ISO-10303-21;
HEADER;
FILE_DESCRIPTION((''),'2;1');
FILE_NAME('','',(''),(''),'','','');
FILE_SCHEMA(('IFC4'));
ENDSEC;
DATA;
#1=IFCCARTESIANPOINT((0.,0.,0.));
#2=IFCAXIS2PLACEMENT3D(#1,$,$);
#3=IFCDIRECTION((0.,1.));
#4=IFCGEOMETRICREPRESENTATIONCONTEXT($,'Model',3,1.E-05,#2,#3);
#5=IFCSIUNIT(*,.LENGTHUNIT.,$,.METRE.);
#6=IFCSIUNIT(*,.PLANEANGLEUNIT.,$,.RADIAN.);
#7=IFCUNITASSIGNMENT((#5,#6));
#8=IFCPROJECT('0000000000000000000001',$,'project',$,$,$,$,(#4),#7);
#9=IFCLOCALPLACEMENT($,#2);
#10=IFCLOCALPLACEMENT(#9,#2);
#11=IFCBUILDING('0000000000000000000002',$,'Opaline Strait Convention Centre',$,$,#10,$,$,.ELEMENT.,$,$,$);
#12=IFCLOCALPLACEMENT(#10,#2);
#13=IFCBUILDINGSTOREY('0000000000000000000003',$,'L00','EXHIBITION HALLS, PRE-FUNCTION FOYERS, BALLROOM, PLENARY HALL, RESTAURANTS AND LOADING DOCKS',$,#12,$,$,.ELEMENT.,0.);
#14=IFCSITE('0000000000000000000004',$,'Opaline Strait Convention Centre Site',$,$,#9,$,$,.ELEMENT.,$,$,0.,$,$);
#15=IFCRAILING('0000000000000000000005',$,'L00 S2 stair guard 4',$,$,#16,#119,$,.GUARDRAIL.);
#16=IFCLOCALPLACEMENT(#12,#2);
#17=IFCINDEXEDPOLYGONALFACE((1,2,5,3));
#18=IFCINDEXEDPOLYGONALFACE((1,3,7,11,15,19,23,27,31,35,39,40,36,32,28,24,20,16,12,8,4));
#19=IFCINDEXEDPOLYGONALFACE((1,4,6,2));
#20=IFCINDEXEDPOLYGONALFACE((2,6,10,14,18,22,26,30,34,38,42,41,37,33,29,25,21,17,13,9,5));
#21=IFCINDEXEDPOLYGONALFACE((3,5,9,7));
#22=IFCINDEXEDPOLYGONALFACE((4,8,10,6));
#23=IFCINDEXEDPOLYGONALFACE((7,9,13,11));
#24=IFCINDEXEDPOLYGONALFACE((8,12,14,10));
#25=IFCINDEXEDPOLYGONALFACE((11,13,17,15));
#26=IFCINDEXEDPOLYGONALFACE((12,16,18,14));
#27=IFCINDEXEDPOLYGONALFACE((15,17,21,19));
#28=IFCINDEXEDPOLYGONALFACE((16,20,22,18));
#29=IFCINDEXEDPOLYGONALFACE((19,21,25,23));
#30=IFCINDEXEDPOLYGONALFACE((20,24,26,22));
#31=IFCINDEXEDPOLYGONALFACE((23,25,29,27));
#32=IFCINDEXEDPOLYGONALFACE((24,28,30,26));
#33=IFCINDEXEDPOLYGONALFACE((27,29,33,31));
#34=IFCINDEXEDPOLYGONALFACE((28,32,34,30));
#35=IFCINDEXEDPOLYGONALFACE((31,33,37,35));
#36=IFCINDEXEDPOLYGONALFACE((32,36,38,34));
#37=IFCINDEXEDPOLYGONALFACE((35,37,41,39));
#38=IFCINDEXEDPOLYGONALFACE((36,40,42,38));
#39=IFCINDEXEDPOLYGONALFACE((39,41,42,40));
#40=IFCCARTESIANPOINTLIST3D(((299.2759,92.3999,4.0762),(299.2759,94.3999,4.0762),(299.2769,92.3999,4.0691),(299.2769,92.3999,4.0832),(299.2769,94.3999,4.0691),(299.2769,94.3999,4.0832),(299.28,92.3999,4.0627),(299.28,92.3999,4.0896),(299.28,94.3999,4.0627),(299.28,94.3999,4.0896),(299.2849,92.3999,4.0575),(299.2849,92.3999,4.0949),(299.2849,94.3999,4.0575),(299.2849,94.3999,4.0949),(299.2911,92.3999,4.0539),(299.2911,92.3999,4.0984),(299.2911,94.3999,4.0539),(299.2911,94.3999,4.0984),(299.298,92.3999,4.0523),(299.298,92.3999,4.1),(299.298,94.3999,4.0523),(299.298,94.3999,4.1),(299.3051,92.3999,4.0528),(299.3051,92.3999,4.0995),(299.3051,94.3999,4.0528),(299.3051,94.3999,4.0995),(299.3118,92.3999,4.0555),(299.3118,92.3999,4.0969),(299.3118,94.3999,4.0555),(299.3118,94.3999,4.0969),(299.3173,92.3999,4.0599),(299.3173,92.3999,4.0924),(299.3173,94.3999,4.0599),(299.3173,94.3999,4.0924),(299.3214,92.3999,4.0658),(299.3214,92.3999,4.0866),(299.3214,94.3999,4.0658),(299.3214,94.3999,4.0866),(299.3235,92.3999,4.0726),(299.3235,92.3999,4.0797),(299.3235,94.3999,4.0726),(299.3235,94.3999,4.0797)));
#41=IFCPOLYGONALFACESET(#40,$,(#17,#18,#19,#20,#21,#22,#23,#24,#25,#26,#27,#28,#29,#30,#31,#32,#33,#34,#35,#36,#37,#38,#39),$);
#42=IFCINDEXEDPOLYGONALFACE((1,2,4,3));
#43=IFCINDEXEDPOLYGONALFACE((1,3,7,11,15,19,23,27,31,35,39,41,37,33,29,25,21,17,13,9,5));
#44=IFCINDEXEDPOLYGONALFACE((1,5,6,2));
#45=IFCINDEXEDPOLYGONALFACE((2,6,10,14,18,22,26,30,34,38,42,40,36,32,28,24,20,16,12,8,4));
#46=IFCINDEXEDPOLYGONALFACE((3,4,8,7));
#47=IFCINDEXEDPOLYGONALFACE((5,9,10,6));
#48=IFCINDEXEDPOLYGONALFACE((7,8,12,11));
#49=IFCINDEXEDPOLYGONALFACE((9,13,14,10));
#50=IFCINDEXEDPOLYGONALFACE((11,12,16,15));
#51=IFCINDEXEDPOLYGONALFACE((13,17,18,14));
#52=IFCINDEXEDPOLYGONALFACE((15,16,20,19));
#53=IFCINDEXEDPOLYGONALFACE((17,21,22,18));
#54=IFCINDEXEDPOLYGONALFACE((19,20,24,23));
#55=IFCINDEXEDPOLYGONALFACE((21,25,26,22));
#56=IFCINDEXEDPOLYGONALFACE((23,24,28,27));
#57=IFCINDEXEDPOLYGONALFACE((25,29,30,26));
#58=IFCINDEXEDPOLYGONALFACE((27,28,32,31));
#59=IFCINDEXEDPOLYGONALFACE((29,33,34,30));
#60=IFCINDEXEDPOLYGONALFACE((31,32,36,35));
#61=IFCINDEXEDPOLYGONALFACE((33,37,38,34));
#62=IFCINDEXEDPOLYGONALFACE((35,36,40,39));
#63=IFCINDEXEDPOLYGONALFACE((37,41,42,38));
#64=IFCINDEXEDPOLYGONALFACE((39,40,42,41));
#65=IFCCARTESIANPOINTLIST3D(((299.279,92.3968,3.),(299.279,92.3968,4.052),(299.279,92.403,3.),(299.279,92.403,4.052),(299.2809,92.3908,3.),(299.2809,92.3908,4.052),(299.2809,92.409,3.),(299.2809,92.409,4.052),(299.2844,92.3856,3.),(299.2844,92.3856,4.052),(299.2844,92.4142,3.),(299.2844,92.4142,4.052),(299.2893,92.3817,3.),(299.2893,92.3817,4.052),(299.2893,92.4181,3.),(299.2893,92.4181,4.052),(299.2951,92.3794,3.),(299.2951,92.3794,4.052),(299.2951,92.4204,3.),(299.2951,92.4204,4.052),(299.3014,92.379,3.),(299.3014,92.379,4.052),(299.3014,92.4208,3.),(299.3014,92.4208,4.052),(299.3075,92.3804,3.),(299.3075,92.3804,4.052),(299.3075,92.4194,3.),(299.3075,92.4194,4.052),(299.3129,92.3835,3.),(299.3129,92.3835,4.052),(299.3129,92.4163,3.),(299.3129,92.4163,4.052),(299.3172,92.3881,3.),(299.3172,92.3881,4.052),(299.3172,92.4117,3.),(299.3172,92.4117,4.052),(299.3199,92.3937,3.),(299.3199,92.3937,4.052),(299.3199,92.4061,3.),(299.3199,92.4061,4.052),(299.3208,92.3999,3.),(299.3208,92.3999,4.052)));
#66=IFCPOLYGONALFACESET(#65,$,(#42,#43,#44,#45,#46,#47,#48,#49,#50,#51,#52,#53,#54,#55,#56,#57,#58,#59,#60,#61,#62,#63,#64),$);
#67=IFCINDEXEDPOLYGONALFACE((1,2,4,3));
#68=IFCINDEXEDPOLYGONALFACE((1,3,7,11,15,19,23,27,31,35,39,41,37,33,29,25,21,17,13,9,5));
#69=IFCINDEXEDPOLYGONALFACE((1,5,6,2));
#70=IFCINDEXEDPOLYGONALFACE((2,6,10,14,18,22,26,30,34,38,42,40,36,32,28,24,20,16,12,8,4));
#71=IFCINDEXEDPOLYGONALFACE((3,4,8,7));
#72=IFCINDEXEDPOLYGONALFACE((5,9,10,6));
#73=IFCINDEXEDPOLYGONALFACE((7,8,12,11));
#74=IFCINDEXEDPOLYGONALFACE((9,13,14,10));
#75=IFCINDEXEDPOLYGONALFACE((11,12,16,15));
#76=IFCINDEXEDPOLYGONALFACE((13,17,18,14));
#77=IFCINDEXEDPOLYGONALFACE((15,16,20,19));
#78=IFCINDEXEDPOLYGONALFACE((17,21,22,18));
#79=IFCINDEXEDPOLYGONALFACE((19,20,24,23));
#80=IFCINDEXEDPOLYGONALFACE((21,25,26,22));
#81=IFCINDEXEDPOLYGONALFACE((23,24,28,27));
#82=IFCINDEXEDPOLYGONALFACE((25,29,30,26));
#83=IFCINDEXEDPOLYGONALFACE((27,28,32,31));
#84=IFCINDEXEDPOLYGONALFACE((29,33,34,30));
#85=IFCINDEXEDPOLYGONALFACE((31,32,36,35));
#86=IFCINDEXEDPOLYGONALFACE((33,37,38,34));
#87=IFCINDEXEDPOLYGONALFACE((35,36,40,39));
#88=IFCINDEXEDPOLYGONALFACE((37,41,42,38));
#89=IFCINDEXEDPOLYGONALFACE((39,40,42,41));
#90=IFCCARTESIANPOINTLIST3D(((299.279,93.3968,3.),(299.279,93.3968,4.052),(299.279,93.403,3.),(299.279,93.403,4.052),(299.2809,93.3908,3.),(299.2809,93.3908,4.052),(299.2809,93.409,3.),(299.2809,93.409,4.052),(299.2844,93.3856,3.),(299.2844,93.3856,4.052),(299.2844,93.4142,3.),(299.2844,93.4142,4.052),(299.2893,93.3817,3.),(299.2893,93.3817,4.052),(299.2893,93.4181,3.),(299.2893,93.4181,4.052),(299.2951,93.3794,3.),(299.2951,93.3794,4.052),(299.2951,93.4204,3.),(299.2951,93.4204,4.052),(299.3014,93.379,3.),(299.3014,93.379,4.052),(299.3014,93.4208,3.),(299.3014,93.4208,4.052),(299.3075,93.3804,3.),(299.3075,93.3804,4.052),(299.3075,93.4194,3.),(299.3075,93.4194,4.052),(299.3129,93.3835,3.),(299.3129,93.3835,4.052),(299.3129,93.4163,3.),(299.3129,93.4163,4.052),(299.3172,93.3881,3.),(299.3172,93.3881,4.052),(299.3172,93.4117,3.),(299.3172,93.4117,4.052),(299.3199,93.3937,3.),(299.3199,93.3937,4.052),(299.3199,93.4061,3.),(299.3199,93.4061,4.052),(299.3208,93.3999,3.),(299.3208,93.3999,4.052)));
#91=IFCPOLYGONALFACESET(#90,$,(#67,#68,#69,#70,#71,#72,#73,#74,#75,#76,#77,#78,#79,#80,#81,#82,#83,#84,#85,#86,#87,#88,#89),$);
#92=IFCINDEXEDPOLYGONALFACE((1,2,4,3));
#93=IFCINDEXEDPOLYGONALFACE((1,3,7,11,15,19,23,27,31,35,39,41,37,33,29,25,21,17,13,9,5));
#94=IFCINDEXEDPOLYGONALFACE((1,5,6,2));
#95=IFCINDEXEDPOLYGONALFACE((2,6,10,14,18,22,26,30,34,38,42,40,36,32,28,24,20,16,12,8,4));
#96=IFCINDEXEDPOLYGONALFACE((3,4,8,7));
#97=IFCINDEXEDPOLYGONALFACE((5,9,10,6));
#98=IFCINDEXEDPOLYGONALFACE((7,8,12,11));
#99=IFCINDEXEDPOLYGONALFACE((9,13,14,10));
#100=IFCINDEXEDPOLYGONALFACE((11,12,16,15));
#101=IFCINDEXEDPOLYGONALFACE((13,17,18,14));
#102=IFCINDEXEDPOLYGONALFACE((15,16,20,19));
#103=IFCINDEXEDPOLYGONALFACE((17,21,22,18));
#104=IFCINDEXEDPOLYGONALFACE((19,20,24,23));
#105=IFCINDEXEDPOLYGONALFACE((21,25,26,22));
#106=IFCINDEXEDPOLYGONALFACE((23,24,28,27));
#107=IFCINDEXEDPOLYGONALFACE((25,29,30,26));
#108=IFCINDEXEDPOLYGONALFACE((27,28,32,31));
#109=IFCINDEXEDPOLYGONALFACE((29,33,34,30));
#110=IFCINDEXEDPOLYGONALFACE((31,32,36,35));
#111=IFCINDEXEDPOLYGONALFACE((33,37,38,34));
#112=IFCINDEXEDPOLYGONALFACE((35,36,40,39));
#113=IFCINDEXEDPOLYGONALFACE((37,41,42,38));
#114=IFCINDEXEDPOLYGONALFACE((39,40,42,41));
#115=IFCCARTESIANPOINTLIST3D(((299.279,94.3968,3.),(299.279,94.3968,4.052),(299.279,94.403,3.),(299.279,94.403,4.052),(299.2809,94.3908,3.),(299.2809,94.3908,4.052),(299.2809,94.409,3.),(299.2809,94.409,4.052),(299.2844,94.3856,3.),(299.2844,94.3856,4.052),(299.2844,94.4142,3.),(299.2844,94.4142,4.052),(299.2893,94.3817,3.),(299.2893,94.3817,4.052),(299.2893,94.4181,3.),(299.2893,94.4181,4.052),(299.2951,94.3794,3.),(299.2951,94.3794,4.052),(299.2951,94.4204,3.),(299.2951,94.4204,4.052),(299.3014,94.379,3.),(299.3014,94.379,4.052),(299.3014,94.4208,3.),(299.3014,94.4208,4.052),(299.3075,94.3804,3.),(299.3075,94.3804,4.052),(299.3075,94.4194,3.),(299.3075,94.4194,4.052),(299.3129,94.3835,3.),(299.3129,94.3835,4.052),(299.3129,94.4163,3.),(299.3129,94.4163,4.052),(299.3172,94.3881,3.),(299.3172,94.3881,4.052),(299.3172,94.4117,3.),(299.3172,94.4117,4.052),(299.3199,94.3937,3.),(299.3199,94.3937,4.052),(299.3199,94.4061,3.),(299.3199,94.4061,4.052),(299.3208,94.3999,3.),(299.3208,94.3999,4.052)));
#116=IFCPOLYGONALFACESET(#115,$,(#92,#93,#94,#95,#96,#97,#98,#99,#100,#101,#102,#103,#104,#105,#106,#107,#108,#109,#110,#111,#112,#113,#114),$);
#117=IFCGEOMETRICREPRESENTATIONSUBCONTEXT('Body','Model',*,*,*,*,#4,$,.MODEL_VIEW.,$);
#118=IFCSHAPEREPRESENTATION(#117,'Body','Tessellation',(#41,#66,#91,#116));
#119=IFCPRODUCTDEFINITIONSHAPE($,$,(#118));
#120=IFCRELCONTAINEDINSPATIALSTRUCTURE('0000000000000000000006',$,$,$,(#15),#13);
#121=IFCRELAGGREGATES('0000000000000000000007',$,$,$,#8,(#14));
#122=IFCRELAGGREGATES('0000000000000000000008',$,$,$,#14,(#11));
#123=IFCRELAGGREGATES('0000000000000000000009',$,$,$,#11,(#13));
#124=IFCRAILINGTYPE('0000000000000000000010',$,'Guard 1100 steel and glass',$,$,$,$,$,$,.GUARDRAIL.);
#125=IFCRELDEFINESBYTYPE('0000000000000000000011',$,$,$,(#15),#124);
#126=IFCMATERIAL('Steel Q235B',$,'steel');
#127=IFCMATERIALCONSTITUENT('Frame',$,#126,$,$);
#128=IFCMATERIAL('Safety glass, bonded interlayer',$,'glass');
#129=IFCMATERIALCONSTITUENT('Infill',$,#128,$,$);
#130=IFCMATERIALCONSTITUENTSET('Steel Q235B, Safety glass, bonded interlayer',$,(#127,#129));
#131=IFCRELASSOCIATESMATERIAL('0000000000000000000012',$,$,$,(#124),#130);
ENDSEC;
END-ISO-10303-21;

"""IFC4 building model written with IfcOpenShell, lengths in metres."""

from ifc_helpers import new_model, si_unit, direction, frame, origin, origin_2d, place, context, subcontext, project, spatial, circle, extrude, material, constituent, constituent_set, type_object, element, save


model = new_model("IFC4")

# Units and contexts
model_context = context("Model", 3, precision=1e-05, world=origin(), true_north=direction((0.0, 1.0)))
body_context = subcontext(model_context, "Body", "Model", "MODEL_VIEW")
ifc_project = project(units=[si_unit("LENGTHUNIT", "METRE"), si_unit("PLANEANGLEUNIT", "RADIAN")], contexts=[model_context])

# Site, building, storey
site_placement = place(None, origin())
site = spatial("IfcSite", under=ifc_project, at=site_placement, Name="Opaline Strait Convention Centre Site", CompositionType="ELEMENT", RefElevation=0.0)
building_placement = place(site_placement, origin())
building = spatial("IfcBuilding", under=site, at=building_placement, Name="Opaline Strait Convention Centre", CompositionType="ELEMENT")
storey_placement = place(building_placement, origin())
storey = spatial("IfcBuildingStorey", under=building, at=storey_placement, Name="L00", Description="EXHIBITION HALLS, PRE-FUNCTION FOYERS, BALLROOM, PLENARY HALL, RESTAURANTS AND LOADING DOCKS", CompositionType="ELEMENT", Elevation=0.0)

# Shared definitions
ifc_material_1 = material(Name="Steel Q235B", Category="steel")

# Railing
ifc_constituent_1 = constituent(ifc_material_1, Name="Frame")
ifc_material_2 = material(Name="Safety glass, bonded interlayer", Category="glass")
ifc_constituent_2 = constituent(ifc_material_2, Name="Infill")
ifc_constituent_set = constituent_set(constituents=[ifc_constituent_1, ifc_constituent_2], Name="Steel Q235B, Safety glass, bonded interlayer")
railing_type = type_object("IfcRailingType", Name="Guard 1100 steel and glass", PredefinedType="GUARDRAIL", material=ifc_constituent_set)
for number, where, name in (
    (1, (299.2998, 92.3999, 3.0), "L00 S2 stair guard 4"),
):
    element("IfcRailing", number, at=place(storey_placement, frame(where)), inside=storey, type_object=railing_type, Name=name, PredefinedType="GUARDRAIL", context=body_context, shape_type="SweptSolid", body=[
        extrude(circle(Radius=0.0239, at=origin_2d()), frame((0.0, 0.0, 1.0762), z_axis=(0.0, 1.0, 0.0), x_axis=(-1.0, 0.0, 0.0)), (0.0, 0.0, 1.0), 2.0),
        extrude(circle(Radius=0.021, at=origin_2d()), origin(), (0.0, 0.0, 1.0), 1.052),
        extrude(circle(Radius=0.021, at=origin_2d()), frame((0.0, 1.0, 0.0)), (0.0, 0.0, 1.0), 1.052),
        extrude(circle(Radius=0.021, at=origin_2d()), frame((0.0, 2.0, 0.0)), (0.0, 0.0, 1.0), 1.052),
    ])

save(model, "model.ifc")
